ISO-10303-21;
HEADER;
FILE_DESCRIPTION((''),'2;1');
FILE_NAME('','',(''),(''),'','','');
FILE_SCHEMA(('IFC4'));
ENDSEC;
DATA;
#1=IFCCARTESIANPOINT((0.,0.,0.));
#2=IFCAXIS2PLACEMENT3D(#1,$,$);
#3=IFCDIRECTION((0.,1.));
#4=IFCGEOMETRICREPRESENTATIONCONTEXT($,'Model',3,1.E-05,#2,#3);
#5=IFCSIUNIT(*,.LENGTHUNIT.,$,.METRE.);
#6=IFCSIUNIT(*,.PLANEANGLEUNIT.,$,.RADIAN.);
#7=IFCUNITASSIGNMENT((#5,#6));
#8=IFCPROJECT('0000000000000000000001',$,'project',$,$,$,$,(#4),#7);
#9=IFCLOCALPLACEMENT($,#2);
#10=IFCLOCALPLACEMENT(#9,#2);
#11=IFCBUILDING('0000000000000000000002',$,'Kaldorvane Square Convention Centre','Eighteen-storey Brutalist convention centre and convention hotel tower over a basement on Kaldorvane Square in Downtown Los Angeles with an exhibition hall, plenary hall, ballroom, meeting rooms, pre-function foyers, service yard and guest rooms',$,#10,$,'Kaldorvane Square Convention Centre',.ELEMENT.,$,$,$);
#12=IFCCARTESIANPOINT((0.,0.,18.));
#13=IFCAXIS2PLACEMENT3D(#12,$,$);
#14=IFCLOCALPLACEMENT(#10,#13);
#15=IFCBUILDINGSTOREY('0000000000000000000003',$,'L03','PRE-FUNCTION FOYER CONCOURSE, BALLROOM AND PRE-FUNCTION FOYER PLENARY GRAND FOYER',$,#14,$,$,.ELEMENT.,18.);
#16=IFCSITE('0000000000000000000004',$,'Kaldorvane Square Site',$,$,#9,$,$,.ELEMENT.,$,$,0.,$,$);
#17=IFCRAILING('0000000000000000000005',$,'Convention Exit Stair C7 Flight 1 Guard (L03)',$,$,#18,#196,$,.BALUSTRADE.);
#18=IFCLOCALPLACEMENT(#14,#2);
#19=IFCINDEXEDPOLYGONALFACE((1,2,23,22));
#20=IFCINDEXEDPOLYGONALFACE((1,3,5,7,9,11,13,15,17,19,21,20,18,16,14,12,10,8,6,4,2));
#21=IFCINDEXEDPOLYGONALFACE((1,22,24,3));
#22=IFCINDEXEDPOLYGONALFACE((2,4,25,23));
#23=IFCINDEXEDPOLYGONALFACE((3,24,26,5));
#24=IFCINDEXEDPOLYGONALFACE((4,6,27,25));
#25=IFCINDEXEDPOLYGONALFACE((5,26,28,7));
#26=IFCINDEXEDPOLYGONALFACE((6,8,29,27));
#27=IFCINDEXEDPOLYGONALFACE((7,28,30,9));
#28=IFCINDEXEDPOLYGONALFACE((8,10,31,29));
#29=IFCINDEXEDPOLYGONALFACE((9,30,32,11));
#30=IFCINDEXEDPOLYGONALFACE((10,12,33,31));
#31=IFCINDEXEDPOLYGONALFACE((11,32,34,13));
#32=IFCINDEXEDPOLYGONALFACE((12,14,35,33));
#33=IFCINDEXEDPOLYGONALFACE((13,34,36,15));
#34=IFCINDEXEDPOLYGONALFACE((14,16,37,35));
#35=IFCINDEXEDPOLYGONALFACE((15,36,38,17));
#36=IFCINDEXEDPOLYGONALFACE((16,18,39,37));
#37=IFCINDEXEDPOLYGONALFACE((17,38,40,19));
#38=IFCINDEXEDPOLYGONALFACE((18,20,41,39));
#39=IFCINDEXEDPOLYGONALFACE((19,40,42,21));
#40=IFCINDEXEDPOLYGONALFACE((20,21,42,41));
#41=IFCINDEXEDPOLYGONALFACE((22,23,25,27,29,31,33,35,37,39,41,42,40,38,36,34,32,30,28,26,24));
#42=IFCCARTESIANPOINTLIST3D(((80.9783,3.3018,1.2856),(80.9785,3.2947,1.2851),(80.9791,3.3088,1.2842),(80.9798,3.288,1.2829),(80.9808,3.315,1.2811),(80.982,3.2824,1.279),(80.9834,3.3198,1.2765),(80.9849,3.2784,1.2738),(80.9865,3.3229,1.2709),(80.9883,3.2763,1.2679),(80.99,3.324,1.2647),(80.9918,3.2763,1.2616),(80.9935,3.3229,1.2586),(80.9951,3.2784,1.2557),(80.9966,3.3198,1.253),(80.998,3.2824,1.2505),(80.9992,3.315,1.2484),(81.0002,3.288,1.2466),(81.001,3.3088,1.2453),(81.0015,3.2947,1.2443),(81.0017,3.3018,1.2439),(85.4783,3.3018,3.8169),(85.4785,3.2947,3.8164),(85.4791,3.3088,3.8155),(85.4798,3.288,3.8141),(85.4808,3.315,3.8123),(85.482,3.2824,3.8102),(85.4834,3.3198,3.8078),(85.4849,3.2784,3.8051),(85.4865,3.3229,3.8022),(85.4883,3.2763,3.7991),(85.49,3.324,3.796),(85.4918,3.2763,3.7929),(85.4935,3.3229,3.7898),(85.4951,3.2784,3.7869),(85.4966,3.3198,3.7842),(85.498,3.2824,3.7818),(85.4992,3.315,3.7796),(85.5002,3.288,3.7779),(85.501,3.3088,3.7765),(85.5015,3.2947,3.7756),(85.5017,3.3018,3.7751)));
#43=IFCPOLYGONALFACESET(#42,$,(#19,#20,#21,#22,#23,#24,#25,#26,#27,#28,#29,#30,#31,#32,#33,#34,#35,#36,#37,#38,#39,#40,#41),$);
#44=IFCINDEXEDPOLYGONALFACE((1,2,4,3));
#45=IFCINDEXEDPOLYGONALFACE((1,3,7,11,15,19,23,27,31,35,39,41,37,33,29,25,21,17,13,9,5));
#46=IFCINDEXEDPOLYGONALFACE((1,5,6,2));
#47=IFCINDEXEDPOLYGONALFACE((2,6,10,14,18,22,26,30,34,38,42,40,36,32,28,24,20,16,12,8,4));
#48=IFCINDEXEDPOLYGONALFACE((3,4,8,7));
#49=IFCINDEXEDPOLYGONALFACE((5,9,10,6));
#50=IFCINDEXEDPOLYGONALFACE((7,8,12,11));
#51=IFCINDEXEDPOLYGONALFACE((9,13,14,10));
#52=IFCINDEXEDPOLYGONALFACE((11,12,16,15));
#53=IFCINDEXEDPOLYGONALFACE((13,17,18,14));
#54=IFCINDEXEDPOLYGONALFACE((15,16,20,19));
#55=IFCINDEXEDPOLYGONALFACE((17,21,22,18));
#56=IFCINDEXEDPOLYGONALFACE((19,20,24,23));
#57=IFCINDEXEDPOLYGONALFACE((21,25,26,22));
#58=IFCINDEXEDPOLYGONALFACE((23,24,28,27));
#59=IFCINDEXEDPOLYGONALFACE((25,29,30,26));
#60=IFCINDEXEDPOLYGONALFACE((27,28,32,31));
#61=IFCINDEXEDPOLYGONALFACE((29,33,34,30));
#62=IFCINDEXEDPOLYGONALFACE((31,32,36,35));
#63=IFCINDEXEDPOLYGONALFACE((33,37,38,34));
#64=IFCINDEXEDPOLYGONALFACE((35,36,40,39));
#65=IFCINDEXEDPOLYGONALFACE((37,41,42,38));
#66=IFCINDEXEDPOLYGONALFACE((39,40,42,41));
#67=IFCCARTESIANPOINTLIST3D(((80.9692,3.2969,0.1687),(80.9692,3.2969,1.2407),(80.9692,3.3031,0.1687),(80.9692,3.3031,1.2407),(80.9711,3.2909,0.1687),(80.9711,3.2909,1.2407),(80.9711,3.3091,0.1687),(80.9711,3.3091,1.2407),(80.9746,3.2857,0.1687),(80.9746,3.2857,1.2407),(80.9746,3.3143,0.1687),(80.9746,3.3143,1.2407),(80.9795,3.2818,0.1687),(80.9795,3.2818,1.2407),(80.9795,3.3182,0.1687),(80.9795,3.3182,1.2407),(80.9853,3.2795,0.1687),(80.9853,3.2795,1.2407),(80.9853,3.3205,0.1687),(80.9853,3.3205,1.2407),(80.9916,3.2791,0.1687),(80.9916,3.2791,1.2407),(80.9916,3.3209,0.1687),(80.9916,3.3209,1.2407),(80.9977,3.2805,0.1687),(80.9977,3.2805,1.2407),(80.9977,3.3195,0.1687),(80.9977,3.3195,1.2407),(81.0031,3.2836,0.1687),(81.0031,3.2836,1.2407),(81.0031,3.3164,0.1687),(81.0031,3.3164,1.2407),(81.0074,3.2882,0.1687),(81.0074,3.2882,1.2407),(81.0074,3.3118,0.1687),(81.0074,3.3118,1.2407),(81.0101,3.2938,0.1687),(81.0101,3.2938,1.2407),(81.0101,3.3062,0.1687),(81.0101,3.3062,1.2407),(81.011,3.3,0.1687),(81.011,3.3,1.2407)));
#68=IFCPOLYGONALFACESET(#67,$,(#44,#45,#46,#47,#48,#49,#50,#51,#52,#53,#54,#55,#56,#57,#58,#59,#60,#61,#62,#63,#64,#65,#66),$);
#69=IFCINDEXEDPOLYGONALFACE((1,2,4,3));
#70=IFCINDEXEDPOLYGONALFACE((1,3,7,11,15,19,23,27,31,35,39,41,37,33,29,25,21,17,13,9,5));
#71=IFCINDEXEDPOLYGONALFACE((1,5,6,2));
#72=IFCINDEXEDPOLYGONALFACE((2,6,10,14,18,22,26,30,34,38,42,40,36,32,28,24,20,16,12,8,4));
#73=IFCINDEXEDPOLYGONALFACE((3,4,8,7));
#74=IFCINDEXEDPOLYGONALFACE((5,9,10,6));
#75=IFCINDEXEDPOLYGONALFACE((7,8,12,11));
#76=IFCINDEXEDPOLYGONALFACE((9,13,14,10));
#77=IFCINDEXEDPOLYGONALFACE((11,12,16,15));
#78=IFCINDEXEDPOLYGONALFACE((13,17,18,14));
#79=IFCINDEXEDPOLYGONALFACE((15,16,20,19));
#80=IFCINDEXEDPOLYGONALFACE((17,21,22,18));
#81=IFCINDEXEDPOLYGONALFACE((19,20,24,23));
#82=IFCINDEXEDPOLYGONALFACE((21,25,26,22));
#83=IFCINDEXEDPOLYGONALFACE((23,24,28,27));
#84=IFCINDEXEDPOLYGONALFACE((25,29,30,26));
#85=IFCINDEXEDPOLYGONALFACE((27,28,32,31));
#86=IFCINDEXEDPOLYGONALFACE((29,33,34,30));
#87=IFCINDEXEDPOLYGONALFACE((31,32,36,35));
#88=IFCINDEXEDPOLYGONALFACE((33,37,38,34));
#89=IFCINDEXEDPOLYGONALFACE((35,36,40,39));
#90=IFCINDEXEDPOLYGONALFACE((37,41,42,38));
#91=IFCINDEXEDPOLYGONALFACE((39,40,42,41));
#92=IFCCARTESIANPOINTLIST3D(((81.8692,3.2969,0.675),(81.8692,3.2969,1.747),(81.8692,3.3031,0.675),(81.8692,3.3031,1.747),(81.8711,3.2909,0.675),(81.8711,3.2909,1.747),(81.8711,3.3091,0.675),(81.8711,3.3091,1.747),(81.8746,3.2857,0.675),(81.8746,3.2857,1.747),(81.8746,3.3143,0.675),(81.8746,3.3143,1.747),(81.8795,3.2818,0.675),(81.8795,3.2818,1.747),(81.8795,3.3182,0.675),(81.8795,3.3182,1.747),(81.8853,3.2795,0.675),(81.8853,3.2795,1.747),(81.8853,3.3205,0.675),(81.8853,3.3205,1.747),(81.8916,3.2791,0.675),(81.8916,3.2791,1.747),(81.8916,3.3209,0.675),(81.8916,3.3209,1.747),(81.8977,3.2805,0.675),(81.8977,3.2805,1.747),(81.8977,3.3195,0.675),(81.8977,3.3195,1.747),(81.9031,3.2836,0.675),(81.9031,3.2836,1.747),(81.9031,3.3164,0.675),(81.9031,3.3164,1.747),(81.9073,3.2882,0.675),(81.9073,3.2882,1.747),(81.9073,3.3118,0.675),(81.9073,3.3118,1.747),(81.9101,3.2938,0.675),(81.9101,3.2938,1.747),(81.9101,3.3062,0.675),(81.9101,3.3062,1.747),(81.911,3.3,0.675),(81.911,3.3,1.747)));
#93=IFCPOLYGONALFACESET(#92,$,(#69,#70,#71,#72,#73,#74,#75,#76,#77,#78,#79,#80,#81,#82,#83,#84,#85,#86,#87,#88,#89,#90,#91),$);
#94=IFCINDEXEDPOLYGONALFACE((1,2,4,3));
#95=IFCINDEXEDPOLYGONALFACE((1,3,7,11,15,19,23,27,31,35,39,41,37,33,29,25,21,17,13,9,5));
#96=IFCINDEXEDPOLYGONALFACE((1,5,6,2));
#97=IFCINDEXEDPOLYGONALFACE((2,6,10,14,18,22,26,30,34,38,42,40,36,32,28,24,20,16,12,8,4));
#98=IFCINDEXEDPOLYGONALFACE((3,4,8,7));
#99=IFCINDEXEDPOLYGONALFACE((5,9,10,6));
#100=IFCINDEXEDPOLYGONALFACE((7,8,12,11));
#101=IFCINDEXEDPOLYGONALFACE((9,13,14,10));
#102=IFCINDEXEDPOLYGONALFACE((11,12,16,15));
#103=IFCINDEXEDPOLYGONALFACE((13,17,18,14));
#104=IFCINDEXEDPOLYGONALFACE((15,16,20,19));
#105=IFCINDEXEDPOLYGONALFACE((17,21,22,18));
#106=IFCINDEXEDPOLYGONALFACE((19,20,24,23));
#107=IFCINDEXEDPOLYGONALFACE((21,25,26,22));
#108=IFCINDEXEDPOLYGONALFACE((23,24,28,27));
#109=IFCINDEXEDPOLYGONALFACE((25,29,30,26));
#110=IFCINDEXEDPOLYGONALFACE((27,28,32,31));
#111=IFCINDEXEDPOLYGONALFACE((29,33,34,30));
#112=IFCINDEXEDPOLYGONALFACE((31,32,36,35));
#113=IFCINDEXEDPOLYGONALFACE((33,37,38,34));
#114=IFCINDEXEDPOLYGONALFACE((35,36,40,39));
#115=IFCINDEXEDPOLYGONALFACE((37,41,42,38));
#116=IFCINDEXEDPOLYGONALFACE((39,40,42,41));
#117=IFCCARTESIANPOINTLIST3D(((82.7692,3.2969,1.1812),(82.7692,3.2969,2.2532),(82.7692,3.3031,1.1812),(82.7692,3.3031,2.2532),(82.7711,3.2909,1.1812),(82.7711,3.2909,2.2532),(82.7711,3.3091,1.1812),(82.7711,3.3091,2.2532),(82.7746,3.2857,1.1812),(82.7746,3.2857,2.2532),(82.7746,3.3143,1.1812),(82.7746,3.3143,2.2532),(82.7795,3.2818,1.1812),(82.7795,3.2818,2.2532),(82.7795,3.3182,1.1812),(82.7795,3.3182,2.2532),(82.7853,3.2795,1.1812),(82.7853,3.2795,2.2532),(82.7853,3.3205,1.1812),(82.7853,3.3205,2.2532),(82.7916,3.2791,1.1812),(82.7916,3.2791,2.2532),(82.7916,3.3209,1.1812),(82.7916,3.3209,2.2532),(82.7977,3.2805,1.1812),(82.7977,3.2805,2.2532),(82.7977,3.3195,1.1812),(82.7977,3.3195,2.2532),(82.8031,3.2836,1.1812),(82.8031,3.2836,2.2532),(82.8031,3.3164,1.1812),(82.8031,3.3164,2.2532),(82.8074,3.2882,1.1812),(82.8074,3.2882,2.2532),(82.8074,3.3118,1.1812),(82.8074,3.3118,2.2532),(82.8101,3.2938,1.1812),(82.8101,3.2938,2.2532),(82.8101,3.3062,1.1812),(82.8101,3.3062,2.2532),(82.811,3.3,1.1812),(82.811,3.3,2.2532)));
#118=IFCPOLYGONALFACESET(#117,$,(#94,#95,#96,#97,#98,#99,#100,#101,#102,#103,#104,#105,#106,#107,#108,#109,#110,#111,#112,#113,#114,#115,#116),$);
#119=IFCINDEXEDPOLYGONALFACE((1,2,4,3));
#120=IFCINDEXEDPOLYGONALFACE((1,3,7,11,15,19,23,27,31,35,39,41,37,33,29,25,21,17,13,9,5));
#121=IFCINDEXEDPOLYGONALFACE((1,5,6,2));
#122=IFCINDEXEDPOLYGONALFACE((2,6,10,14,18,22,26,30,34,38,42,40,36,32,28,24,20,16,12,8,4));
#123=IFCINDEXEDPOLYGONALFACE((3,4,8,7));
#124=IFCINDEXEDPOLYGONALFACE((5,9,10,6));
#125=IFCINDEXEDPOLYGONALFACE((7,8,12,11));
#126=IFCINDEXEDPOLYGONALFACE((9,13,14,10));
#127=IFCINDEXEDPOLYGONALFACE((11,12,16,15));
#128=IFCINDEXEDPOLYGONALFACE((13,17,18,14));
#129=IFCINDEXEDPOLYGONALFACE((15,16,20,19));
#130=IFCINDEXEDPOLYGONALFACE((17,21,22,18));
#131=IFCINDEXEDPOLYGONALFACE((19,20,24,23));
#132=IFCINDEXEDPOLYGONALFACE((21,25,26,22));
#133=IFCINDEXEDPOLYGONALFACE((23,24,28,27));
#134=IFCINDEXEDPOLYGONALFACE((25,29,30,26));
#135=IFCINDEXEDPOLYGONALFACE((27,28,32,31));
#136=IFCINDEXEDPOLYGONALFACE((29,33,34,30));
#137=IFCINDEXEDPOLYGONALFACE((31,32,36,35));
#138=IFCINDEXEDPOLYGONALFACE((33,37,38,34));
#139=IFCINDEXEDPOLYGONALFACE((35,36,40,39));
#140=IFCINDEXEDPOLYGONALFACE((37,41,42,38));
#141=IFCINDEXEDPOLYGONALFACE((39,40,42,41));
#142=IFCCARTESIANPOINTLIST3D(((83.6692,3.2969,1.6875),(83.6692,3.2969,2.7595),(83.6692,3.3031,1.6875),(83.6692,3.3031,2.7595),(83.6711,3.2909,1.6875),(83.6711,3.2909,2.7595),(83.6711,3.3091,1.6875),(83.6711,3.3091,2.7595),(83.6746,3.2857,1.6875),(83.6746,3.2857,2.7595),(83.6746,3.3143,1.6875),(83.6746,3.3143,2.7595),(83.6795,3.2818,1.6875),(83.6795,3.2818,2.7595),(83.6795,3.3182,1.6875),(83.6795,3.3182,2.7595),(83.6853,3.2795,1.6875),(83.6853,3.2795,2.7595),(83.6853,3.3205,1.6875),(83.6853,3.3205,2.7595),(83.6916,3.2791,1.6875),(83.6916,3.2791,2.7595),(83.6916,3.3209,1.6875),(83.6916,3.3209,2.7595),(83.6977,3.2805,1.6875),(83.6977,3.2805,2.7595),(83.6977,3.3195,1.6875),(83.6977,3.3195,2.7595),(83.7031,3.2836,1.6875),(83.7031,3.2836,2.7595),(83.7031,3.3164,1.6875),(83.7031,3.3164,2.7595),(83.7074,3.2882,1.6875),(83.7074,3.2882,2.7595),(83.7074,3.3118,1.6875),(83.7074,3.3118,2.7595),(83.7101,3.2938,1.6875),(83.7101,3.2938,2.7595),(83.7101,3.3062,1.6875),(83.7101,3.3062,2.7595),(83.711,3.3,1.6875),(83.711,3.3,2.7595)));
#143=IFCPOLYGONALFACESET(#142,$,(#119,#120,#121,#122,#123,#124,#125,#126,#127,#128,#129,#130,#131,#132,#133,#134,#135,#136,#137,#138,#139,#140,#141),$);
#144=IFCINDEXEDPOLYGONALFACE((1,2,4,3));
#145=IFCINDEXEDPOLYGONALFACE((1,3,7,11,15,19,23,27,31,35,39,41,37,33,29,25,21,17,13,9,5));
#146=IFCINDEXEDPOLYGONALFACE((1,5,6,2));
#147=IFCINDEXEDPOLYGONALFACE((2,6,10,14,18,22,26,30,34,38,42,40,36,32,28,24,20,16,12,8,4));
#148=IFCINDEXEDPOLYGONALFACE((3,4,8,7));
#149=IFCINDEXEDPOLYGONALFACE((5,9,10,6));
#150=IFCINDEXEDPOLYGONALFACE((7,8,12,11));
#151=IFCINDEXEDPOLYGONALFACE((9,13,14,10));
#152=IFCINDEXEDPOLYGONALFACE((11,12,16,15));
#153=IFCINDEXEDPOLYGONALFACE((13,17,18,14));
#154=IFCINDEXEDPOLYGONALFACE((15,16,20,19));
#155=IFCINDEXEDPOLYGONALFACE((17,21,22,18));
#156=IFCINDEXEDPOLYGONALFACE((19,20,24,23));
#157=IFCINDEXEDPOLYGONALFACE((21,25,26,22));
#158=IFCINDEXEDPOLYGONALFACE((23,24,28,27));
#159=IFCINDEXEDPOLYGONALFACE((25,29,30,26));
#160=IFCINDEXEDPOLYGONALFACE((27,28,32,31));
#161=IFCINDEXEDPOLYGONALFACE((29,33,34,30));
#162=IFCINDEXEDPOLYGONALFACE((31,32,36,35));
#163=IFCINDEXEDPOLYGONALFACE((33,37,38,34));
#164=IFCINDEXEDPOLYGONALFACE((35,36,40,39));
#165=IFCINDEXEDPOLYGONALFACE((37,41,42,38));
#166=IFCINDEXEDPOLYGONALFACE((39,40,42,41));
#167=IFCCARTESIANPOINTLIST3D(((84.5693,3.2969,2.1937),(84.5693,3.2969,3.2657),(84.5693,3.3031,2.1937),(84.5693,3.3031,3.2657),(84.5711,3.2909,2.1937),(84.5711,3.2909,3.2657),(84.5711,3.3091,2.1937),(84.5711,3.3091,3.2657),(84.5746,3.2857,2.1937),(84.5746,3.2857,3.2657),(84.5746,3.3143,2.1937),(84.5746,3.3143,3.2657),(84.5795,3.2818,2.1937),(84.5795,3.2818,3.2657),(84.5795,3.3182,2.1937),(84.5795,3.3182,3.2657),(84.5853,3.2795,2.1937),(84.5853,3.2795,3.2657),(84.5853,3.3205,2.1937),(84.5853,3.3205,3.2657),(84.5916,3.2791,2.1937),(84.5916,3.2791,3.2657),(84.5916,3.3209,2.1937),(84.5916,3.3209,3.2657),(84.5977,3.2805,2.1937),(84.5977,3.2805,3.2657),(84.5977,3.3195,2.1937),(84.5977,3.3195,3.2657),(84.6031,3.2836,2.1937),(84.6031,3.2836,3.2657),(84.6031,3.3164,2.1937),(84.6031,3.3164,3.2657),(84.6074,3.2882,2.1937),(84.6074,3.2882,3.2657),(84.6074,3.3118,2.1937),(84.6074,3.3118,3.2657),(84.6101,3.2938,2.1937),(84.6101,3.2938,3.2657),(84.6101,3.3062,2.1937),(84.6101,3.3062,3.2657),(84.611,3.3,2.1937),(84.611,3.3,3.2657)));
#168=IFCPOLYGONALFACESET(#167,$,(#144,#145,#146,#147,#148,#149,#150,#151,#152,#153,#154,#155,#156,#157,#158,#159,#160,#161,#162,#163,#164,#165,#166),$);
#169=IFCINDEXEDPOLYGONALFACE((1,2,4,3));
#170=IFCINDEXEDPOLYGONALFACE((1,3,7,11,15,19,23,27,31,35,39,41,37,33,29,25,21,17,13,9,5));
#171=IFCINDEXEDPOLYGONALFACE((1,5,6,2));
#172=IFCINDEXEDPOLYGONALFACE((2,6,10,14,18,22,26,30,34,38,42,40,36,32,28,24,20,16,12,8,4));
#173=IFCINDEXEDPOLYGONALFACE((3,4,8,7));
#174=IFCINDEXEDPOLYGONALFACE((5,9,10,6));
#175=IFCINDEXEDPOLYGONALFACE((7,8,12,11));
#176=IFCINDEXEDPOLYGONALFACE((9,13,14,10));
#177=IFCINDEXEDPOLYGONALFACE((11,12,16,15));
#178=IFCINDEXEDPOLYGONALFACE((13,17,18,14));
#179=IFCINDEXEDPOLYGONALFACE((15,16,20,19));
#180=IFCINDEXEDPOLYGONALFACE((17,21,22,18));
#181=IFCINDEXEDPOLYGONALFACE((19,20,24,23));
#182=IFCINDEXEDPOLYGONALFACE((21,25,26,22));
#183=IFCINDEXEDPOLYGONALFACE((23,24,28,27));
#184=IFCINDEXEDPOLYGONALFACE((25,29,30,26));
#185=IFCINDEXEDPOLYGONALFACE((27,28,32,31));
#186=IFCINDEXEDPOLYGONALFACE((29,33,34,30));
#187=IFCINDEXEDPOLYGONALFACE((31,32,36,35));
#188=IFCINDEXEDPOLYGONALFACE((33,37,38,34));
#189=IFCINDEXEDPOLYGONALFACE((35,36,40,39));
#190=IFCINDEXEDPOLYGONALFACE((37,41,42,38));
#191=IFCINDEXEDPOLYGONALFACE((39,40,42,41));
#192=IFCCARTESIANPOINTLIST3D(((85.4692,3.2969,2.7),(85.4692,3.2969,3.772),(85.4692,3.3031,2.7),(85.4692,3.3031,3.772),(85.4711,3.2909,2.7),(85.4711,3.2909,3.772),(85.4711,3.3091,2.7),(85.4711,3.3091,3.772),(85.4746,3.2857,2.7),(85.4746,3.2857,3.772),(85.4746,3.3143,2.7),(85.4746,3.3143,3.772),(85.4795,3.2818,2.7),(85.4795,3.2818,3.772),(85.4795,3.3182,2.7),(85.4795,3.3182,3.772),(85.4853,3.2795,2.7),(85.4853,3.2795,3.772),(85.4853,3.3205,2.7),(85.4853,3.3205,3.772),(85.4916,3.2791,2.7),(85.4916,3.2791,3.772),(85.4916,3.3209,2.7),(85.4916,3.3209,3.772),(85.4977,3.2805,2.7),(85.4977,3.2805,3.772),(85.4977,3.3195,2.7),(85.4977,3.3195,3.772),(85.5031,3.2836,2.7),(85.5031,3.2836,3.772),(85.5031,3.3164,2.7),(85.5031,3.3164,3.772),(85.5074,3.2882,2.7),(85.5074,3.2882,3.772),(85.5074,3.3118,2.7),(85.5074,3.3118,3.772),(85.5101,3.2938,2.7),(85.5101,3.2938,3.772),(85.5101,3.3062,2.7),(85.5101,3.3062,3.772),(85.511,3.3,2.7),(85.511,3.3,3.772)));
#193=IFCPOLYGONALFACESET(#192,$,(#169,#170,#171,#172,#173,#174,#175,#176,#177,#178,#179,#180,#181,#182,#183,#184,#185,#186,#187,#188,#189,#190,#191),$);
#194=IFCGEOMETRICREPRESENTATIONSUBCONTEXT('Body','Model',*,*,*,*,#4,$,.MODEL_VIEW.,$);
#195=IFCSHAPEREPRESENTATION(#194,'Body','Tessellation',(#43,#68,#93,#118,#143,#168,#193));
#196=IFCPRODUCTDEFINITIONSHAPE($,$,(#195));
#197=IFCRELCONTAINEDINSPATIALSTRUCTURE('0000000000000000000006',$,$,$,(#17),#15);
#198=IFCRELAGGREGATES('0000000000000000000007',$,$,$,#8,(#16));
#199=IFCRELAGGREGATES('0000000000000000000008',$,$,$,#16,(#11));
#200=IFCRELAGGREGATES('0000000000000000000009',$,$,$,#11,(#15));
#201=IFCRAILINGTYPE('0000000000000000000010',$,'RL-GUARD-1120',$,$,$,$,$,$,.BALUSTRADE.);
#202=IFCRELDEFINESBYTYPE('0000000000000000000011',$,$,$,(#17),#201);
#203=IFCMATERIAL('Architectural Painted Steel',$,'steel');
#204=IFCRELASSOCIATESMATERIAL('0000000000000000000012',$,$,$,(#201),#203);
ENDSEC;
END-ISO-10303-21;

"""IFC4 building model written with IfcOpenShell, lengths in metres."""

from ifc_helpers import new_model, si_unit, direction, frame, origin, origin_2d, place, context, subcontext, project, spatial, circle, extrude, material, type_object, element, save


model = new_model("IFC4")

# Units and contexts
model_context = context("Model", 3, precision=1e-05, world=origin(), true_north=direction((0.0, 1.0)))
body_context = subcontext(model_context, "Body", "Model", "MODEL_VIEW")
ifc_project = project(units=[si_unit("LENGTHUNIT", "METRE"), si_unit("PLANEANGLEUNIT", "RADIAN")], contexts=[model_context])

# Site, building, storey
site_placement = place(None, origin())
site = spatial("IfcSite", under=ifc_project, at=site_placement, Name="Kaldorvane Square Site", CompositionType="ELEMENT", RefElevation=0.0)
building_placement = place(site_placement, origin())
building = spatial("IfcBuilding", under=site, at=building_placement, Name="Kaldorvane Square Convention Centre", Description="Eighteen-storey Brutalist convention centre and convention hotel tower over a basement on Kaldorvane Square in Downtown Los Angeles with an exhibition hall, plenary hall, ballroom, meeting rooms, pre-function foyers, service yard and guest rooms", LongName="Kaldorvane Square Convention Centre", CompositionType="ELEMENT")
storey_placement = place(building_placement, frame((0.0, 0.0, 18.0)))
storey = spatial("IfcBuildingStorey", under=building, at=storey_placement, Name="L03", Description="PRE-FUNCTION FOYER CONCOURSE, BALLROOM AND PRE-FUNCTION FOYER PLENARY GRAND FOYER", CompositionType="ELEMENT", Elevation=18.0)

# Railing
ifc_material_1 = material(Name="Architectural Painted Steel", Category="steel")
railing_type_1 = type_object("IfcRailingType", Name="RL-GUARD-1120", PredefinedType="BALUSTRADE", material=ifc_material_1)
railing_1_placement = place(storey_placement, frame((80.99, 3.3, 0.1687)))
element("IfcRailing", 1, at=railing_1_placement, inside=storey, type_object=railing_type_1, Name="Convention Exit Stair C7 Flight 1 Guard (L03)", PredefinedType="BALUSTRADE", context=body_context, shape_type="SweptSolid", body=[
    extrude(circle(Radius=0.024, at=origin_2d()), frame((0.0, 0.0, 1.096), z_axis=(0.871576, 0.0, 0.490261), x_axis=(0.0, 1.0, 0.0)), (0.0, 0.0, 1.0), 5.1631),
    extrude(circle(Radius=0.021, at=origin_2d()), origin(), (0.0, 0.0, 1.0), 1.072),
    extrude(circle(Radius=0.021, at=origin_2d()), frame((0.9, 0.0, 0.5063)), (0.0, 0.0, 1.0), 1.072),
    extrude(circle(Radius=0.021, at=origin_2d()), frame((1.8, 0.0, 1.0125)), (0.0, 0.0, 1.0), 1.072),
    extrude(circle(Radius=0.021, at=origin_2d()), frame((2.7, 0.0, 1.5188)), (0.0, 0.0, 1.0), 1.072),
    extrude(circle(Radius=0.021, at=origin_2d()), frame((3.6, 0.0, 2.025)), (0.0, 0.0, 1.0), 1.072),
    extrude(circle(Radius=0.021, at=origin_2d()), frame((4.5, 0.0, 2.5312)), (0.0, 0.0, 1.0), 1.072),
])

save(model, "model.ifc")
